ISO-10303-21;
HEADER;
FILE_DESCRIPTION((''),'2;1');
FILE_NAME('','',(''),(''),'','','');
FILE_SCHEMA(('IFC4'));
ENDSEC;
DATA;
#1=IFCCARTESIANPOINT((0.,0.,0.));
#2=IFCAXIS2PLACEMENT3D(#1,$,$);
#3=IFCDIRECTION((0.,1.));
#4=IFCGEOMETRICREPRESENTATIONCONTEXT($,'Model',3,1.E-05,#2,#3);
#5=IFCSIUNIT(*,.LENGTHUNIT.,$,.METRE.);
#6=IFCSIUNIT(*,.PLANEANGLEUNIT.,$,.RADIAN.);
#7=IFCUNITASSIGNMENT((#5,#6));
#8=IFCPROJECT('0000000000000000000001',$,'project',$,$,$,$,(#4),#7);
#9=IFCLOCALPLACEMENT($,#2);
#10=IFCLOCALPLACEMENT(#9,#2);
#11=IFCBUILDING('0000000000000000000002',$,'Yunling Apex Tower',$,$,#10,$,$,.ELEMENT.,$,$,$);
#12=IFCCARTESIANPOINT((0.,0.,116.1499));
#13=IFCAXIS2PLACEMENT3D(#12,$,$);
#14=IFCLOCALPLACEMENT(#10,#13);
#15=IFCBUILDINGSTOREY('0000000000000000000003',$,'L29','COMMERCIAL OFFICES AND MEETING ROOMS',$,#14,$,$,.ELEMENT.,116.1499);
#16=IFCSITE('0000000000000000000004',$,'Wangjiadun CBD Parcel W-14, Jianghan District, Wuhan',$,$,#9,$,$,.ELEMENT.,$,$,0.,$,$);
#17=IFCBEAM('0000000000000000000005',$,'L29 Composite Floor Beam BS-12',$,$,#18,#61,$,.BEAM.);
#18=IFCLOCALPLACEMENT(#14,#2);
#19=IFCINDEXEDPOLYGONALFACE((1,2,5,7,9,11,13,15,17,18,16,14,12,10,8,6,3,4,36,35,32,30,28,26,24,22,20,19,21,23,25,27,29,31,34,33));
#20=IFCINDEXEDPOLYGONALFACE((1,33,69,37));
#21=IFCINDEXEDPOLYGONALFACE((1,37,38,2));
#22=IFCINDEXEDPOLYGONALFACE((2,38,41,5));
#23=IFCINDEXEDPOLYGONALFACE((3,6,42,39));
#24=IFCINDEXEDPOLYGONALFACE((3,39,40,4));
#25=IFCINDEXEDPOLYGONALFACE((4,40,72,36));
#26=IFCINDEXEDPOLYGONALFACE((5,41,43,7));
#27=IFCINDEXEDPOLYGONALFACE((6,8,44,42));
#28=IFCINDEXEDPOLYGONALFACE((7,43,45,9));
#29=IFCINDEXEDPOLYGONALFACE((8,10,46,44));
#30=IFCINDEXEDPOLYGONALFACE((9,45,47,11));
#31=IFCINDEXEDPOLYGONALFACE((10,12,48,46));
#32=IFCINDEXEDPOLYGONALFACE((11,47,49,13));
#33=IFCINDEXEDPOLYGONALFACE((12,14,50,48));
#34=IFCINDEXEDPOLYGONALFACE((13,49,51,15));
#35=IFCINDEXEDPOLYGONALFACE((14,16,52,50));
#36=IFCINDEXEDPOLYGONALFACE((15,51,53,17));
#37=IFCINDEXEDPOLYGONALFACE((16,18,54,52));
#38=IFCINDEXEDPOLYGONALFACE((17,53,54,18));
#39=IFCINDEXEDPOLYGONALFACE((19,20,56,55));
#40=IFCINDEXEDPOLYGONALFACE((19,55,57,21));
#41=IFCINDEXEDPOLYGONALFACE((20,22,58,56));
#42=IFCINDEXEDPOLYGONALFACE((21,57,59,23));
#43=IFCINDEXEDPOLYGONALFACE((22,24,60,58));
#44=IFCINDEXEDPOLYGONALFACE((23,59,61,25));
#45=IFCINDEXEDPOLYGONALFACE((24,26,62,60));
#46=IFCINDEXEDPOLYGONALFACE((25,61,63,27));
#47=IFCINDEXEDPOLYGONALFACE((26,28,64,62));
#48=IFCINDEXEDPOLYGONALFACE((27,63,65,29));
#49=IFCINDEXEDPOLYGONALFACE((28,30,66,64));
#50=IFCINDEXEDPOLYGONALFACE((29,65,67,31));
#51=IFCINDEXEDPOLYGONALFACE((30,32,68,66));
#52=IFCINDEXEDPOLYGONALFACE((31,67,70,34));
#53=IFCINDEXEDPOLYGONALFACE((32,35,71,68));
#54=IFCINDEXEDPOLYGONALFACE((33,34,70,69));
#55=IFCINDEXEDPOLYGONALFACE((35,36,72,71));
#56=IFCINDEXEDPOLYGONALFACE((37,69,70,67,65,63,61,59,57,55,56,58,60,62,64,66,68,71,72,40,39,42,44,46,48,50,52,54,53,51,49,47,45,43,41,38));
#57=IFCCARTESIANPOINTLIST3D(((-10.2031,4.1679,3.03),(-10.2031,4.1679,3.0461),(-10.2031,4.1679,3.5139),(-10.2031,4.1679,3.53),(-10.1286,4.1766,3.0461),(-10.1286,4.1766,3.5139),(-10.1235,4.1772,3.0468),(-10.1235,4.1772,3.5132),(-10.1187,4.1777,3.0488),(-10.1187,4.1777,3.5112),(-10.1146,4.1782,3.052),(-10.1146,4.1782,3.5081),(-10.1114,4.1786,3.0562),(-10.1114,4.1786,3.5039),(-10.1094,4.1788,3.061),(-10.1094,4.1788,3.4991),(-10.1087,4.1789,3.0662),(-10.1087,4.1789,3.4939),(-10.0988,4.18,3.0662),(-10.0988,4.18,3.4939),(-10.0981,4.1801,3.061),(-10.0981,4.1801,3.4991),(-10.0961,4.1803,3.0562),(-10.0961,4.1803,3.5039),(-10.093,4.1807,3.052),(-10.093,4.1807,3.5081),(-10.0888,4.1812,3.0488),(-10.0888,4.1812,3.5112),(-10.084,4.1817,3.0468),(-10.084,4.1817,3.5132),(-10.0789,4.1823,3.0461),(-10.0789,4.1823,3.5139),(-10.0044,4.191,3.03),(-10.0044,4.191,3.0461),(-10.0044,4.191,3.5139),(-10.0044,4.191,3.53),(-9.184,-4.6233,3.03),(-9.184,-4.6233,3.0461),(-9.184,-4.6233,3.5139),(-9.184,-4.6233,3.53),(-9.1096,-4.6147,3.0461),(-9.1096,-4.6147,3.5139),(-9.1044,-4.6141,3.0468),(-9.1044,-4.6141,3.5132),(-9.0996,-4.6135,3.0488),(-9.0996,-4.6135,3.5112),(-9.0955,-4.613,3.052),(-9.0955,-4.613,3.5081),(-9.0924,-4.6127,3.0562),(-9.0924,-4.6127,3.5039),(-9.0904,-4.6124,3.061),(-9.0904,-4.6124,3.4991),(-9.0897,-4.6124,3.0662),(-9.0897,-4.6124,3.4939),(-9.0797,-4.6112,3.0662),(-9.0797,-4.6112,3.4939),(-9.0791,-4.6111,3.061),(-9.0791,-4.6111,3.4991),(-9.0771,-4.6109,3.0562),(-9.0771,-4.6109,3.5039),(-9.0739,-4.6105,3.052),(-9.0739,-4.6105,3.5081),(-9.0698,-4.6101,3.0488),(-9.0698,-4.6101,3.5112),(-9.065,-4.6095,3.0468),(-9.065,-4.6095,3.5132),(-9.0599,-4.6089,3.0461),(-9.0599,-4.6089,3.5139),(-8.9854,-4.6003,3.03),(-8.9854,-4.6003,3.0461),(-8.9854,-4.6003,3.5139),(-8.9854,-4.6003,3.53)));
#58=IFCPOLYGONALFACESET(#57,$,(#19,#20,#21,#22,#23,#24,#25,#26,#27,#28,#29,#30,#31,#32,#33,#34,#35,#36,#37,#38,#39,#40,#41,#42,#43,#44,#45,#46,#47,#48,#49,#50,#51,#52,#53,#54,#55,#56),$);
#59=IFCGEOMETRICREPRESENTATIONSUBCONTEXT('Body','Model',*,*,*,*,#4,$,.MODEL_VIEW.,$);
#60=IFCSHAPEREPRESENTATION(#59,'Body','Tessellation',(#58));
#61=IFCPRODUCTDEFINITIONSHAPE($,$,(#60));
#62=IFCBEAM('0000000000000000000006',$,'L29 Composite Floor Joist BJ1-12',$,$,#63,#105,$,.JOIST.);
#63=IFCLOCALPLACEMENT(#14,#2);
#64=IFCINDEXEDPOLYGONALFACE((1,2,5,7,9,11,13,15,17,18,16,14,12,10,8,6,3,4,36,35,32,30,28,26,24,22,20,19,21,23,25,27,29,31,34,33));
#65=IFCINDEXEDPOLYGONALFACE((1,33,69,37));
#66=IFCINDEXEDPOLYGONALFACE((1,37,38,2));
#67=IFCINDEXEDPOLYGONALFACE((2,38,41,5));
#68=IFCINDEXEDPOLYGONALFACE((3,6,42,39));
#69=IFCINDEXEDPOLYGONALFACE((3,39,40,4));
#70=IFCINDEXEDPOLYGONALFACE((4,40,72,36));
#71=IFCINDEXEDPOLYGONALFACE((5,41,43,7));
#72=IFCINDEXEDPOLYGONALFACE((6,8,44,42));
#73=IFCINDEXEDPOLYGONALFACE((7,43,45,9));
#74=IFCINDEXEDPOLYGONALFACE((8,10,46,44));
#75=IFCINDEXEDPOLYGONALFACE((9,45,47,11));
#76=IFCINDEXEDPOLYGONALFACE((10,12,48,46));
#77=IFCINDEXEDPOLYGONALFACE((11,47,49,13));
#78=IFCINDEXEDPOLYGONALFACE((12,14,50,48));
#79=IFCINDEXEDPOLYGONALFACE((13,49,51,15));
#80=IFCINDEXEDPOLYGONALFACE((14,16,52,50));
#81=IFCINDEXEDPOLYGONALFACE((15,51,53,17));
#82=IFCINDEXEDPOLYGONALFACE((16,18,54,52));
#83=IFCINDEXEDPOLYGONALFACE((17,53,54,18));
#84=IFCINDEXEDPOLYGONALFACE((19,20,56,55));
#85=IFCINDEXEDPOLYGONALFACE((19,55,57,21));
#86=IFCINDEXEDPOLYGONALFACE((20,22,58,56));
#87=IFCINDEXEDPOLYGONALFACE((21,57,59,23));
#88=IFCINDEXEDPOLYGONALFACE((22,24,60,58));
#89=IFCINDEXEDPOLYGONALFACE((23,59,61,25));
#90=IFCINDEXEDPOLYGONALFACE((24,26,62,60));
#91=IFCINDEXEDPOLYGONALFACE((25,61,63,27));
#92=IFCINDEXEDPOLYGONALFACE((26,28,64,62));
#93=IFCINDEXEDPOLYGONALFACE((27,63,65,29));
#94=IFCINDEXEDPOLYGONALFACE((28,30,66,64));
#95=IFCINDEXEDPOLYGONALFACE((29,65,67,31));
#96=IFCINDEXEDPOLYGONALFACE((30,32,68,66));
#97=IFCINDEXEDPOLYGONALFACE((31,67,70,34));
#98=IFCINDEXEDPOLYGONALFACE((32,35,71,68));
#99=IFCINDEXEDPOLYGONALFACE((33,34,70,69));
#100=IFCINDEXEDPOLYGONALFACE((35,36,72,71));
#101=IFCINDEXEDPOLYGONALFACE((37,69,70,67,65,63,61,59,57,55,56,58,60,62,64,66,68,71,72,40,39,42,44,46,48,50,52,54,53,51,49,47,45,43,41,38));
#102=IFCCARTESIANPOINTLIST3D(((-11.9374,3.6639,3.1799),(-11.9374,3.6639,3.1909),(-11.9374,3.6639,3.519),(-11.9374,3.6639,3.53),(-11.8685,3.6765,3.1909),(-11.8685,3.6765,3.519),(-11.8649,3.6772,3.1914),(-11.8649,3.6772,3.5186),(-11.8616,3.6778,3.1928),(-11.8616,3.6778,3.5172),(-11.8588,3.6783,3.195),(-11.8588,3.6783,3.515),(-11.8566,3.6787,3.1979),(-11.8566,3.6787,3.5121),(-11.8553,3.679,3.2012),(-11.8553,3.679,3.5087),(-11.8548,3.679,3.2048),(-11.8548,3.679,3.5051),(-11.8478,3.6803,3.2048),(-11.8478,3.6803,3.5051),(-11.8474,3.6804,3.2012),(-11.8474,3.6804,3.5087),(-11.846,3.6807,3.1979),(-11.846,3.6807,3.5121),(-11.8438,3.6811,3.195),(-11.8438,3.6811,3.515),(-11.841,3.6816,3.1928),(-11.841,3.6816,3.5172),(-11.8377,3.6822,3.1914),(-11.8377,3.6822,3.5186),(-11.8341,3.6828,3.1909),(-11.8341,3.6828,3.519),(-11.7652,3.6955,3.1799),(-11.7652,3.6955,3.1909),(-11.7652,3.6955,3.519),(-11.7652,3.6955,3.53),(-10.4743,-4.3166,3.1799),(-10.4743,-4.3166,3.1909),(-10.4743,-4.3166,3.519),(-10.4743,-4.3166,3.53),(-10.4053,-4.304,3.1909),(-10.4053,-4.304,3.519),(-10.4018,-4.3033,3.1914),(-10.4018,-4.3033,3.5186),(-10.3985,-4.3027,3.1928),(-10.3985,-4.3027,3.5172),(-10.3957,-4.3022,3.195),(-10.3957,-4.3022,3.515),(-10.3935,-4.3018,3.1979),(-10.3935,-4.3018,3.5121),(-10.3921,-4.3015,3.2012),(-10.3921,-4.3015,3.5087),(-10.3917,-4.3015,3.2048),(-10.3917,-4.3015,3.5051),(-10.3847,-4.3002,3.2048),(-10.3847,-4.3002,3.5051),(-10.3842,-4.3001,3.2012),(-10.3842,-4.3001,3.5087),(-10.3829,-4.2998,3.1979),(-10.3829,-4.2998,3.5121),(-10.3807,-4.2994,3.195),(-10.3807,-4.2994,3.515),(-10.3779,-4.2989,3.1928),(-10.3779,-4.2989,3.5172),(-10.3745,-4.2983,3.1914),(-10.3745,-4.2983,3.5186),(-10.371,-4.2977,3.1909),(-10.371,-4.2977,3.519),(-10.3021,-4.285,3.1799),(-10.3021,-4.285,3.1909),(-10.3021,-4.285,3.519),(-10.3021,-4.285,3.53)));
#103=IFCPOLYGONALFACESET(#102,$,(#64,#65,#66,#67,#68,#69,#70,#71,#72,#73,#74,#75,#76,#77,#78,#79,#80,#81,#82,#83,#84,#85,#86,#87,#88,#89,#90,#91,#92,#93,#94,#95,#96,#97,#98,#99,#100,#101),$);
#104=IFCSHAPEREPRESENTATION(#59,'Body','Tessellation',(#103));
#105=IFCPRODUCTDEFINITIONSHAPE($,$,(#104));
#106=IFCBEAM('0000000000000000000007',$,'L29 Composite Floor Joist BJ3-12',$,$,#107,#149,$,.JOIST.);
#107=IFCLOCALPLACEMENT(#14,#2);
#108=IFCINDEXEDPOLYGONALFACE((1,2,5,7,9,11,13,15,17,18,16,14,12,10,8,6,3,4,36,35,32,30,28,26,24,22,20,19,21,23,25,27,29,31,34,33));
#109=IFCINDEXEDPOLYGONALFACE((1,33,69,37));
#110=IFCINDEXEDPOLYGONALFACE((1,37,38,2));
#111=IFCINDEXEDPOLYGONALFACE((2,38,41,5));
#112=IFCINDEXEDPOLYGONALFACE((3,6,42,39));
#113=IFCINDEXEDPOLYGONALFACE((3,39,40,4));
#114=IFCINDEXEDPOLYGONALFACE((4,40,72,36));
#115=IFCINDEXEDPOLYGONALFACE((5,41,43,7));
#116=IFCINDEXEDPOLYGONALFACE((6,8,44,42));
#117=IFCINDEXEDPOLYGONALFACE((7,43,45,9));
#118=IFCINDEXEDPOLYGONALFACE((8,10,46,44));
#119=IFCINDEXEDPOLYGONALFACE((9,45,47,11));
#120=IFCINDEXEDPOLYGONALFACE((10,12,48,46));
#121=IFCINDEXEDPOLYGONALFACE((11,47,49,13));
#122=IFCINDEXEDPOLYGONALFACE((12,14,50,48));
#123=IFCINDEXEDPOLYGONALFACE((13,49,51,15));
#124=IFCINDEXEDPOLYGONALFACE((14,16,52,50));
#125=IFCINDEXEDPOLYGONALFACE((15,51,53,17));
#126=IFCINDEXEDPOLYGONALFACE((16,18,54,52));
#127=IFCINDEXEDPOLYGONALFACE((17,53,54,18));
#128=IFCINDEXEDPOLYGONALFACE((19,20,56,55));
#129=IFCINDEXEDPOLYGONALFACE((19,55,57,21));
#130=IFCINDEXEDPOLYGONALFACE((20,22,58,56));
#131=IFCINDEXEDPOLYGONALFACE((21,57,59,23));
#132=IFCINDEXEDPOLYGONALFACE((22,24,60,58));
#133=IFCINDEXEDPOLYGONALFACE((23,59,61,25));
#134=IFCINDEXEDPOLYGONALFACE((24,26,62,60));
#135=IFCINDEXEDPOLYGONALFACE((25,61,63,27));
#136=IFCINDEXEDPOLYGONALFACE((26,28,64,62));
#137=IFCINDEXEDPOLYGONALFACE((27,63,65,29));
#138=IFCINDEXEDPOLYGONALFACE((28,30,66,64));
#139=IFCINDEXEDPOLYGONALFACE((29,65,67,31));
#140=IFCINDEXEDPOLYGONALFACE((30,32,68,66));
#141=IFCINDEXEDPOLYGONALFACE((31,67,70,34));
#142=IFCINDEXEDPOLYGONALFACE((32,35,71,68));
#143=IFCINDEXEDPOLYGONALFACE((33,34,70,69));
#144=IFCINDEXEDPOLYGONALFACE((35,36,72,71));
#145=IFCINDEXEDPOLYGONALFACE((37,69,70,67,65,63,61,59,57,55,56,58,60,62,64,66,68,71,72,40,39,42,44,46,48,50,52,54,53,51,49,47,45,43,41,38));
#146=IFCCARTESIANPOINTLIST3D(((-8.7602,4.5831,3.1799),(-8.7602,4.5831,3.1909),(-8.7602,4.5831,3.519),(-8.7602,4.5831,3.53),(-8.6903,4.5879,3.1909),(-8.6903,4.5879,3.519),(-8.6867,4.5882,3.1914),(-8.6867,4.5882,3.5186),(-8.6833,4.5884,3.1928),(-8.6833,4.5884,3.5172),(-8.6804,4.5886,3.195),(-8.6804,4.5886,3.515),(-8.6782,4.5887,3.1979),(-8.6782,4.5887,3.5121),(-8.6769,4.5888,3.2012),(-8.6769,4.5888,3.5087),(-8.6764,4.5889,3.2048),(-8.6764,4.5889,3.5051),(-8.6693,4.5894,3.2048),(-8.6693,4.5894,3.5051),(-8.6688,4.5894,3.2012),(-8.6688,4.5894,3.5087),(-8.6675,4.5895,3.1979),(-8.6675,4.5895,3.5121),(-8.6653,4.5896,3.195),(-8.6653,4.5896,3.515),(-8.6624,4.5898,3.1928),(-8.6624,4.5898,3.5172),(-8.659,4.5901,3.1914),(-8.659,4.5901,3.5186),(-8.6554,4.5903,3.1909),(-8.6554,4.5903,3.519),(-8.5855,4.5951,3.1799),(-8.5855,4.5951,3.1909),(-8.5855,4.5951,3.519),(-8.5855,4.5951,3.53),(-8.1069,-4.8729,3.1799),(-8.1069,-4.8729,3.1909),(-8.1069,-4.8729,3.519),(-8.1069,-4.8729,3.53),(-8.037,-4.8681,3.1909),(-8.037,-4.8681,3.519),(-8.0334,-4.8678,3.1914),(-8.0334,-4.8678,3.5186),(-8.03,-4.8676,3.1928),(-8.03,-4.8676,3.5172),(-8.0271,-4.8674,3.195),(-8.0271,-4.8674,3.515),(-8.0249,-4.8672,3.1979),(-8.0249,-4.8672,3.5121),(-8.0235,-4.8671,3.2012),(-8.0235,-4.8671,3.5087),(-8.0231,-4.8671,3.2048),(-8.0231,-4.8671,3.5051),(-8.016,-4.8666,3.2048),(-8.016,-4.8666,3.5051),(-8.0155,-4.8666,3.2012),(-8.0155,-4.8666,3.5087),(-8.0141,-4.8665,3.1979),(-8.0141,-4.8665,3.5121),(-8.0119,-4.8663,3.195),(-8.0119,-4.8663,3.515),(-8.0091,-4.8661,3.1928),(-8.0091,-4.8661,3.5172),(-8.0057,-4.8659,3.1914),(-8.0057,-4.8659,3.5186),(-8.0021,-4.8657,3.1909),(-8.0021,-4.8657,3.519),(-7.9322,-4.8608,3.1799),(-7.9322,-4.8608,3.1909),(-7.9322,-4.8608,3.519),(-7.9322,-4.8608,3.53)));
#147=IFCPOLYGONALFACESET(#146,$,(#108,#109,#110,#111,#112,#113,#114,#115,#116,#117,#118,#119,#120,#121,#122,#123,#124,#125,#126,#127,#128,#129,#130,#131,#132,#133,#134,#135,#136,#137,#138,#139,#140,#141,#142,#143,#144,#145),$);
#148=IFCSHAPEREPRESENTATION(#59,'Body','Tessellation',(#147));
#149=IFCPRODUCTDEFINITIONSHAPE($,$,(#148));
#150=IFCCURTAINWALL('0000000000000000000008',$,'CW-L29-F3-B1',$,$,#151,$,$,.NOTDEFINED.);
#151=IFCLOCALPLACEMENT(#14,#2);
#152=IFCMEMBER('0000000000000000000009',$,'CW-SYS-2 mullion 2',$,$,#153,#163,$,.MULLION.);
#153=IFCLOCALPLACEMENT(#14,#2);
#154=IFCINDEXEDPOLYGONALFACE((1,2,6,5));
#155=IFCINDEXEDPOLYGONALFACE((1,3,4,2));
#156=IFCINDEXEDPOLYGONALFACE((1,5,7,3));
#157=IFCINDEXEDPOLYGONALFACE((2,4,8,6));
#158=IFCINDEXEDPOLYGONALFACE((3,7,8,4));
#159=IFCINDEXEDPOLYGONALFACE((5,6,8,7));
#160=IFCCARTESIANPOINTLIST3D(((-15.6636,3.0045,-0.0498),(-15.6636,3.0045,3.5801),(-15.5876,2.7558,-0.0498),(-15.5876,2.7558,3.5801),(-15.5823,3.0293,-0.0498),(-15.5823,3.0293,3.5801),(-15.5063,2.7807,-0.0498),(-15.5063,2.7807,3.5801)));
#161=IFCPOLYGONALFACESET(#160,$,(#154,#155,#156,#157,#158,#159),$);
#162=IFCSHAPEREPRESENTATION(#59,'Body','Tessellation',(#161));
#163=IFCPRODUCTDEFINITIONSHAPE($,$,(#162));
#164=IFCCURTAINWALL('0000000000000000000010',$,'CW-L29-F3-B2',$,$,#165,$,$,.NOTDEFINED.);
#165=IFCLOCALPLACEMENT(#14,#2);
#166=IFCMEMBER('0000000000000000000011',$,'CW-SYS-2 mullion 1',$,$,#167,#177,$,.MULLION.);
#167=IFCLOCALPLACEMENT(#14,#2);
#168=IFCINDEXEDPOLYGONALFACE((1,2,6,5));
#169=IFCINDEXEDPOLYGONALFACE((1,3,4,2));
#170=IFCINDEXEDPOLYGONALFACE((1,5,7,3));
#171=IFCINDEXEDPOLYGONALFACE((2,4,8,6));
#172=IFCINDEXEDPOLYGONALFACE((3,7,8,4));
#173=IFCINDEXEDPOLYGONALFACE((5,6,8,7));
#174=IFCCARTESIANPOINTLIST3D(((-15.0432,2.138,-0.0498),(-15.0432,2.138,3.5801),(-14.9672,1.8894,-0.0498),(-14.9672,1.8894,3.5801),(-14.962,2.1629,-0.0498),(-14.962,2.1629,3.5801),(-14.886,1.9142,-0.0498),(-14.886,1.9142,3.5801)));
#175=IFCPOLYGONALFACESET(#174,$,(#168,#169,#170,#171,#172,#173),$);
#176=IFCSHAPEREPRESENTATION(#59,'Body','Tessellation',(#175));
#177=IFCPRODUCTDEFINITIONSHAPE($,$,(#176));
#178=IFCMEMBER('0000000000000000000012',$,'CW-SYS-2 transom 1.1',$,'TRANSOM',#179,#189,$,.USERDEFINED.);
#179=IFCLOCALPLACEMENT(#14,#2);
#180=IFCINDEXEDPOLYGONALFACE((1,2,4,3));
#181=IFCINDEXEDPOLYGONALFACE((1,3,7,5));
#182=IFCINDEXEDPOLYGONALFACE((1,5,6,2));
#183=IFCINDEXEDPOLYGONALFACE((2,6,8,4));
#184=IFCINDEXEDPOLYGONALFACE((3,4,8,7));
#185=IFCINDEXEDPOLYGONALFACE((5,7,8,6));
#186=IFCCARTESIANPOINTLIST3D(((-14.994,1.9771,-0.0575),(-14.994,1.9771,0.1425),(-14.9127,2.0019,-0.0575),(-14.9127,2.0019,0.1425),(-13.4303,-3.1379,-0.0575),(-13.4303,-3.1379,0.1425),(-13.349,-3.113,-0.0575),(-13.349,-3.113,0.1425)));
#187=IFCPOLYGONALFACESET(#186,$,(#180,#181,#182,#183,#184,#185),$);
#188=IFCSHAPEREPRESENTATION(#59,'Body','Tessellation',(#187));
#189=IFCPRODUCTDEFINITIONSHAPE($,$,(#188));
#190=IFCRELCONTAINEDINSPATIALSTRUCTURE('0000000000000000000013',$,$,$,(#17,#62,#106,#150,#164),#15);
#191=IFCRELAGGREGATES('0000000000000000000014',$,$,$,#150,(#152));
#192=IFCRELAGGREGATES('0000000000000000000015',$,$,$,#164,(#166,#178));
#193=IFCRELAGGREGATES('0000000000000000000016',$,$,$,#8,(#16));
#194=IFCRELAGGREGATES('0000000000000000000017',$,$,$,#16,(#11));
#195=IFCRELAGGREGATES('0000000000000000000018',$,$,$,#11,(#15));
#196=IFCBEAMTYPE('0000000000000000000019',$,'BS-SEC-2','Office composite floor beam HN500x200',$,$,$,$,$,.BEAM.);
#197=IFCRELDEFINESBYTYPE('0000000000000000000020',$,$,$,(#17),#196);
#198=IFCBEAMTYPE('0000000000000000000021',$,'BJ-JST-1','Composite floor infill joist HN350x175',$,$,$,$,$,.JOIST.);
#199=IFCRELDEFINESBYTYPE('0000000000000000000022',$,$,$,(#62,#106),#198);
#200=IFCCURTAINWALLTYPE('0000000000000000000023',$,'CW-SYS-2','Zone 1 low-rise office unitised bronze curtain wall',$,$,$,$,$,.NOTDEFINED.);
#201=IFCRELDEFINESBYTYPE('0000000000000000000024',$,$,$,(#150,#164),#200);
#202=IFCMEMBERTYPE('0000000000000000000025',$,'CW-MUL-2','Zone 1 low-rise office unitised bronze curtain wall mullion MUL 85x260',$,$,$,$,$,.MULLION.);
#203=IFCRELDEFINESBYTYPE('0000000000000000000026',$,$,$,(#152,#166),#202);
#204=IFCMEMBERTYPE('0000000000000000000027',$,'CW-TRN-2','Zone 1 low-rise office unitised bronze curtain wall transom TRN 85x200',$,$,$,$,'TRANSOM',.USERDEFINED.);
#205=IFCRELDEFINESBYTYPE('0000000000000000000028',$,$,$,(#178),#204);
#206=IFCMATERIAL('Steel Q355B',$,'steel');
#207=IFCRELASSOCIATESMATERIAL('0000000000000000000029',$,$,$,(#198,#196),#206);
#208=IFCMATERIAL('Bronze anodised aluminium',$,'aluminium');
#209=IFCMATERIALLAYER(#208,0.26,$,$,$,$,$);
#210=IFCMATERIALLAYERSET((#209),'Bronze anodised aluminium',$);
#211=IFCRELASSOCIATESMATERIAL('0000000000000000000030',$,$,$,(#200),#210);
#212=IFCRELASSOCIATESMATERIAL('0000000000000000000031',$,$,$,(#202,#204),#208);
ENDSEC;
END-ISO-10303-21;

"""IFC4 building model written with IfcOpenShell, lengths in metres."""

from ifc_helpers import new_model, si_unit, direction, frame, origin, origin_2d, place, context, subcontext, project, spatial, rectangle, i_section, extrude, source, transform, mapped, material, layer, layer_set, material_profile, profile_set, type_object, element, aggregate, save


model = new_model("IFC4")

# Units and contexts
model_context = context("Model", 3, precision=1e-05, world=origin(), true_north=direction((0.0, 1.0)))
body_context = subcontext(model_context, "Body", "Model", "MODEL_VIEW")
ifc_project = project(units=[si_unit("LENGTHUNIT", "METRE"), si_unit("PLANEANGLEUNIT", "RADIAN")], contexts=[model_context])

# Site, building, storey
site_placement = place(None, origin())
site = spatial("IfcSite", under=ifc_project, at=site_placement, Name="Wangjiadun CBD Parcel W-14, Jianghan District, Wuhan", CompositionType="ELEMENT", RefElevation=0.0)
building_placement = place(site_placement, origin())
building = spatial("IfcBuilding", under=site, at=building_placement, Name="Yunling Apex Tower", CompositionType="ELEMENT")
storey_placement = place(building_placement, frame((0.0, 0.0, 116.1499)))
storey = spatial("IfcBuildingStorey", under=building, at=storey_placement, Name="L29", Description="COMMERCIAL OFFICES AND MEETING ROOMS", CompositionType="ELEMENT", Elevation=116.1499)

# Beams
ifc_material_1 = material(Name="Steel Q355B", Category="steel")
ifc_material_profile_1 = material_profile(ifc_material_1, i_section(OverallWidth=0.175, OverallDepth=0.3501, WebThickness=0.0071, FlangeThickness=0.011, FilletRadius=0.0139, at=origin_2d()))
ifc_profile_set_1 = profile_set([ifc_material_profile_1], Name="Steel Q355B")
beam_type_1 = type_object("IfcBeamType", Name="BJ-JST-1", Description="Composite floor infill joist HN350x175", PredefinedType="JOIST", material=ifc_profile_set_1)
ifc_material_profile_2 = material_profile(ifc_material_1, i_section(OverallWidth=0.2, OverallDepth=0.5, WebThickness=0.01, FlangeThickness=0.0161, FilletRadius=0.02, at=origin_2d()))
ifc_profile_set_2 = profile_set([ifc_material_profile_2], Name="Steel Q355B")
beam_type_2 = type_object("IfcBeamType", Name="BS-SEC-2", Description="Office composite floor beam HN500x200", PredefinedType="BEAM", material=ifc_profile_set_2)
shared_shape_1 = source(origin(), body_context, "Body", "SweptSolid", [
    extrude(i_section(OverallWidth=0.2, OverallDepth=0.5, WebThickness=0.01, FlangeThickness=0.0161, FilletRadius=0.02, at=origin_2d()), origin(), (0.0, 0.0, 1.0), 8.8501),
])
beam_1_placement = place(storey_placement, frame((-10.1038, 4.1794, 3.28), z_axis=(0.115144, -0.993349, 0.0), x_axis=(0.993349, 0.115144, 0.0)))
element("IfcBeam", 1, at=beam_1_placement, inside=storey, type_object=beam_type_2, Name="L29 Composite Floor Beam BS-12", PredefinedType="BEAM", context=body_context, shape_type="MappedRepresentation", body=[
    mapped(shared_shape_1, transform((0.0, 0.0, 0.0), scale=1.0)),
])
shared_shape_2 = source(origin(), body_context, "Body", "SweptSolid", [
    extrude(i_section(OverallWidth=0.175, OverallDepth=0.3501, WebThickness=0.0071, FlangeThickness=0.011, FilletRadius=0.0139, at=origin_2d()), origin(), (0.0, 0.0, 1.0), 8.1135),
])
beam_2_placement = place(storey_placement, frame((-11.8513, 3.6797, 3.355), z_axis=(0.180334, -0.983605, 0.0), x_axis=(0.983605, 0.180334, 0.0)))
element("IfcBeam", 2, at=beam_2_placement, inside=storey, type_object=beam_type_1, Name="L29 Composite Floor Joist BJ1-12", PredefinedType="JOIST", context=body_context, shape_type="MappedRepresentation", body=[
    mapped(shared_shape_2, transform((0.0, 0.0, 0.0), scale=1.0)),
])
shared_shape_3 = source(origin(), body_context, "Body", "SweptSolid", [
    extrude(i_section(OverallWidth=0.175, OverallDepth=0.3501, WebThickness=0.0071, FlangeThickness=0.011, FilletRadius=0.0139, at=origin_2d()), origin(), (0.0, 0.0, 1.0), 9.4785),
])
beam_3_placement = place(storey_placement, frame((-8.6729, 4.5891, 3.355), z_axis=(0.068926, -0.997622, 0.0), x_axis=(0.997622, 0.068926, 0.0)))
element("IfcBeam", 3, at=beam_3_placement, inside=storey, type_object=beam_type_1, Name="L29 Composite Floor Joist BJ3-12", PredefinedType="JOIST", context=body_context, shape_type="MappedRepresentation", body=[
    mapped(shared_shape_3, transform((0.0, 0.0, 0.0), scale=1.0)),
])

# Curtain wall, member
ifc_material_2 = material(Name="Bronze anodised aluminium", Category="aluminium")
ifc_layer_1 = layer(ifc_material_2, 0.26)
ifc_layer_set_1 = layer_set([ifc_layer_1], Name="Bronze anodised aluminium")
curtain_wall_type = type_object("IfcCurtainWallType", Name="CW-SYS-2", Description="Zone 1 low-rise office unitised bronze curtain wall", PredefinedType="NOTDEFINED", material=ifc_layer_set_1)
curtain_wall_1_placement = place(storey_placement, origin())
curtain_wall_1 = element("IfcCurtainWall", 4, at=curtain_wall_1_placement, inside=storey, type_object=curtain_wall_type, Name="CW-L29-F3-B1", PredefinedType="NOTDEFINED")
ifc_material_profile_3 = material_profile(ifc_material_2, rectangle(XDim=0.085, YDim=0.26, at=origin_2d()))
ifc_profile_set_3 = profile_set([ifc_material_profile_3], Name="Bronze anodised aluminium")
member_type_1 = type_object("IfcMemberType", Name="CW-MUL-2", Description="Zone 1 low-rise office unitised bronze curtain wall mullion MUL 85x260", PredefinedType="MULLION", material=ifc_profile_set_3)
shared_shape_4 = source(origin(), body_context, "Body", "SweptSolid", [
    extrude(rectangle(XDim=0.085, YDim=0.26, at=origin_2d()), origin(), (0.0, 0.0, 1.0), 3.6299),
])
member_1_placement = place(storey_placement, frame((-15.585, 2.8926, -0.0498), z_axis=(0.0, 0.0, 1.0), x_axis=(0.956304, 0.292373, 0.0)))
member_1 = element("IfcMember", 5, at=member_1_placement, type_object=member_type_1, Name="CW-SYS-2 mullion 2", PredefinedType="MULLION", context=body_context, shape_type="MappedRepresentation", body=[
    mapped(shared_shape_4, transform((0.0, 0.0, 0.0), scale=1.0)),
])

# Curtain wall, members
curtain_wall_2_placement = place(storey_placement, origin())
curtain_wall_2 = element("IfcCurtainWall", 6, at=curtain_wall_2_placement, inside=storey, type_object=curtain_wall_type, Name="CW-L29-F3-B2", PredefinedType="NOTDEFINED")
member_2_placement = place(storey_placement, frame((-14.9646, 2.0261, -0.0498), z_axis=(0.0, 0.0, 1.0), x_axis=(0.956307, 0.292364, 0.0)))
member_2 = element("IfcMember", 7, at=member_2_placement, type_object=member_type_1, Name="CW-SYS-2 mullion 1", PredefinedType="MULLION", context=body_context, shape_type="MappedRepresentation", body=[
    mapped(shared_shape_4, transform((0.0, 0.0, 0.0), scale=1.0)),
])
ifc_material_profile_4 = material_profile(ifc_material_2, rectangle(XDim=0.085, YDim=0.2, at=origin_2d()))
ifc_profile_set_4 = profile_set([ifc_material_profile_4], Name="Bronze anodised aluminium")
member_type_2 = type_object("IfcMemberType", Name="CW-TRN-2", Description="Zone 1 low-rise office unitised bronze curtain wall transom TRN 85x200", ElementType="TRANSOM", PredefinedType="USERDEFINED", material=ifc_profile_set_4)
shared_shape_5 = source(origin(), body_context, "Body", "SweptSolid", [
    extrude(rectangle(XDim=0.085, YDim=0.2, at=origin_2d()), origin(), (0.0, 0.0, 1.0), 5.3486),
])
member_3_placement = place(storey_placement, frame((-14.9534, 1.9895, 0.0425), z_axis=(0.292357, -0.956309, 0.0), x_axis=(0.956309, 0.292357, 0.0)))
member_3 = element("IfcMember", 8, at=member_3_placement, type_object=member_type_2, Name="CW-SYS-2 transom 1.1", ObjectType="TRANSOM", PredefinedType="USERDEFINED", context=body_context, shape_type="MappedRepresentation", body=[
    mapped(shared_shape_5, transform((0.0, 0.0, 0.0), scale=1.0)),
])

aggregate(curtain_wall_1, [member_1])
aggregate(curtain_wall_2, [member_2, member_3])

save(model, "model.ifc")
